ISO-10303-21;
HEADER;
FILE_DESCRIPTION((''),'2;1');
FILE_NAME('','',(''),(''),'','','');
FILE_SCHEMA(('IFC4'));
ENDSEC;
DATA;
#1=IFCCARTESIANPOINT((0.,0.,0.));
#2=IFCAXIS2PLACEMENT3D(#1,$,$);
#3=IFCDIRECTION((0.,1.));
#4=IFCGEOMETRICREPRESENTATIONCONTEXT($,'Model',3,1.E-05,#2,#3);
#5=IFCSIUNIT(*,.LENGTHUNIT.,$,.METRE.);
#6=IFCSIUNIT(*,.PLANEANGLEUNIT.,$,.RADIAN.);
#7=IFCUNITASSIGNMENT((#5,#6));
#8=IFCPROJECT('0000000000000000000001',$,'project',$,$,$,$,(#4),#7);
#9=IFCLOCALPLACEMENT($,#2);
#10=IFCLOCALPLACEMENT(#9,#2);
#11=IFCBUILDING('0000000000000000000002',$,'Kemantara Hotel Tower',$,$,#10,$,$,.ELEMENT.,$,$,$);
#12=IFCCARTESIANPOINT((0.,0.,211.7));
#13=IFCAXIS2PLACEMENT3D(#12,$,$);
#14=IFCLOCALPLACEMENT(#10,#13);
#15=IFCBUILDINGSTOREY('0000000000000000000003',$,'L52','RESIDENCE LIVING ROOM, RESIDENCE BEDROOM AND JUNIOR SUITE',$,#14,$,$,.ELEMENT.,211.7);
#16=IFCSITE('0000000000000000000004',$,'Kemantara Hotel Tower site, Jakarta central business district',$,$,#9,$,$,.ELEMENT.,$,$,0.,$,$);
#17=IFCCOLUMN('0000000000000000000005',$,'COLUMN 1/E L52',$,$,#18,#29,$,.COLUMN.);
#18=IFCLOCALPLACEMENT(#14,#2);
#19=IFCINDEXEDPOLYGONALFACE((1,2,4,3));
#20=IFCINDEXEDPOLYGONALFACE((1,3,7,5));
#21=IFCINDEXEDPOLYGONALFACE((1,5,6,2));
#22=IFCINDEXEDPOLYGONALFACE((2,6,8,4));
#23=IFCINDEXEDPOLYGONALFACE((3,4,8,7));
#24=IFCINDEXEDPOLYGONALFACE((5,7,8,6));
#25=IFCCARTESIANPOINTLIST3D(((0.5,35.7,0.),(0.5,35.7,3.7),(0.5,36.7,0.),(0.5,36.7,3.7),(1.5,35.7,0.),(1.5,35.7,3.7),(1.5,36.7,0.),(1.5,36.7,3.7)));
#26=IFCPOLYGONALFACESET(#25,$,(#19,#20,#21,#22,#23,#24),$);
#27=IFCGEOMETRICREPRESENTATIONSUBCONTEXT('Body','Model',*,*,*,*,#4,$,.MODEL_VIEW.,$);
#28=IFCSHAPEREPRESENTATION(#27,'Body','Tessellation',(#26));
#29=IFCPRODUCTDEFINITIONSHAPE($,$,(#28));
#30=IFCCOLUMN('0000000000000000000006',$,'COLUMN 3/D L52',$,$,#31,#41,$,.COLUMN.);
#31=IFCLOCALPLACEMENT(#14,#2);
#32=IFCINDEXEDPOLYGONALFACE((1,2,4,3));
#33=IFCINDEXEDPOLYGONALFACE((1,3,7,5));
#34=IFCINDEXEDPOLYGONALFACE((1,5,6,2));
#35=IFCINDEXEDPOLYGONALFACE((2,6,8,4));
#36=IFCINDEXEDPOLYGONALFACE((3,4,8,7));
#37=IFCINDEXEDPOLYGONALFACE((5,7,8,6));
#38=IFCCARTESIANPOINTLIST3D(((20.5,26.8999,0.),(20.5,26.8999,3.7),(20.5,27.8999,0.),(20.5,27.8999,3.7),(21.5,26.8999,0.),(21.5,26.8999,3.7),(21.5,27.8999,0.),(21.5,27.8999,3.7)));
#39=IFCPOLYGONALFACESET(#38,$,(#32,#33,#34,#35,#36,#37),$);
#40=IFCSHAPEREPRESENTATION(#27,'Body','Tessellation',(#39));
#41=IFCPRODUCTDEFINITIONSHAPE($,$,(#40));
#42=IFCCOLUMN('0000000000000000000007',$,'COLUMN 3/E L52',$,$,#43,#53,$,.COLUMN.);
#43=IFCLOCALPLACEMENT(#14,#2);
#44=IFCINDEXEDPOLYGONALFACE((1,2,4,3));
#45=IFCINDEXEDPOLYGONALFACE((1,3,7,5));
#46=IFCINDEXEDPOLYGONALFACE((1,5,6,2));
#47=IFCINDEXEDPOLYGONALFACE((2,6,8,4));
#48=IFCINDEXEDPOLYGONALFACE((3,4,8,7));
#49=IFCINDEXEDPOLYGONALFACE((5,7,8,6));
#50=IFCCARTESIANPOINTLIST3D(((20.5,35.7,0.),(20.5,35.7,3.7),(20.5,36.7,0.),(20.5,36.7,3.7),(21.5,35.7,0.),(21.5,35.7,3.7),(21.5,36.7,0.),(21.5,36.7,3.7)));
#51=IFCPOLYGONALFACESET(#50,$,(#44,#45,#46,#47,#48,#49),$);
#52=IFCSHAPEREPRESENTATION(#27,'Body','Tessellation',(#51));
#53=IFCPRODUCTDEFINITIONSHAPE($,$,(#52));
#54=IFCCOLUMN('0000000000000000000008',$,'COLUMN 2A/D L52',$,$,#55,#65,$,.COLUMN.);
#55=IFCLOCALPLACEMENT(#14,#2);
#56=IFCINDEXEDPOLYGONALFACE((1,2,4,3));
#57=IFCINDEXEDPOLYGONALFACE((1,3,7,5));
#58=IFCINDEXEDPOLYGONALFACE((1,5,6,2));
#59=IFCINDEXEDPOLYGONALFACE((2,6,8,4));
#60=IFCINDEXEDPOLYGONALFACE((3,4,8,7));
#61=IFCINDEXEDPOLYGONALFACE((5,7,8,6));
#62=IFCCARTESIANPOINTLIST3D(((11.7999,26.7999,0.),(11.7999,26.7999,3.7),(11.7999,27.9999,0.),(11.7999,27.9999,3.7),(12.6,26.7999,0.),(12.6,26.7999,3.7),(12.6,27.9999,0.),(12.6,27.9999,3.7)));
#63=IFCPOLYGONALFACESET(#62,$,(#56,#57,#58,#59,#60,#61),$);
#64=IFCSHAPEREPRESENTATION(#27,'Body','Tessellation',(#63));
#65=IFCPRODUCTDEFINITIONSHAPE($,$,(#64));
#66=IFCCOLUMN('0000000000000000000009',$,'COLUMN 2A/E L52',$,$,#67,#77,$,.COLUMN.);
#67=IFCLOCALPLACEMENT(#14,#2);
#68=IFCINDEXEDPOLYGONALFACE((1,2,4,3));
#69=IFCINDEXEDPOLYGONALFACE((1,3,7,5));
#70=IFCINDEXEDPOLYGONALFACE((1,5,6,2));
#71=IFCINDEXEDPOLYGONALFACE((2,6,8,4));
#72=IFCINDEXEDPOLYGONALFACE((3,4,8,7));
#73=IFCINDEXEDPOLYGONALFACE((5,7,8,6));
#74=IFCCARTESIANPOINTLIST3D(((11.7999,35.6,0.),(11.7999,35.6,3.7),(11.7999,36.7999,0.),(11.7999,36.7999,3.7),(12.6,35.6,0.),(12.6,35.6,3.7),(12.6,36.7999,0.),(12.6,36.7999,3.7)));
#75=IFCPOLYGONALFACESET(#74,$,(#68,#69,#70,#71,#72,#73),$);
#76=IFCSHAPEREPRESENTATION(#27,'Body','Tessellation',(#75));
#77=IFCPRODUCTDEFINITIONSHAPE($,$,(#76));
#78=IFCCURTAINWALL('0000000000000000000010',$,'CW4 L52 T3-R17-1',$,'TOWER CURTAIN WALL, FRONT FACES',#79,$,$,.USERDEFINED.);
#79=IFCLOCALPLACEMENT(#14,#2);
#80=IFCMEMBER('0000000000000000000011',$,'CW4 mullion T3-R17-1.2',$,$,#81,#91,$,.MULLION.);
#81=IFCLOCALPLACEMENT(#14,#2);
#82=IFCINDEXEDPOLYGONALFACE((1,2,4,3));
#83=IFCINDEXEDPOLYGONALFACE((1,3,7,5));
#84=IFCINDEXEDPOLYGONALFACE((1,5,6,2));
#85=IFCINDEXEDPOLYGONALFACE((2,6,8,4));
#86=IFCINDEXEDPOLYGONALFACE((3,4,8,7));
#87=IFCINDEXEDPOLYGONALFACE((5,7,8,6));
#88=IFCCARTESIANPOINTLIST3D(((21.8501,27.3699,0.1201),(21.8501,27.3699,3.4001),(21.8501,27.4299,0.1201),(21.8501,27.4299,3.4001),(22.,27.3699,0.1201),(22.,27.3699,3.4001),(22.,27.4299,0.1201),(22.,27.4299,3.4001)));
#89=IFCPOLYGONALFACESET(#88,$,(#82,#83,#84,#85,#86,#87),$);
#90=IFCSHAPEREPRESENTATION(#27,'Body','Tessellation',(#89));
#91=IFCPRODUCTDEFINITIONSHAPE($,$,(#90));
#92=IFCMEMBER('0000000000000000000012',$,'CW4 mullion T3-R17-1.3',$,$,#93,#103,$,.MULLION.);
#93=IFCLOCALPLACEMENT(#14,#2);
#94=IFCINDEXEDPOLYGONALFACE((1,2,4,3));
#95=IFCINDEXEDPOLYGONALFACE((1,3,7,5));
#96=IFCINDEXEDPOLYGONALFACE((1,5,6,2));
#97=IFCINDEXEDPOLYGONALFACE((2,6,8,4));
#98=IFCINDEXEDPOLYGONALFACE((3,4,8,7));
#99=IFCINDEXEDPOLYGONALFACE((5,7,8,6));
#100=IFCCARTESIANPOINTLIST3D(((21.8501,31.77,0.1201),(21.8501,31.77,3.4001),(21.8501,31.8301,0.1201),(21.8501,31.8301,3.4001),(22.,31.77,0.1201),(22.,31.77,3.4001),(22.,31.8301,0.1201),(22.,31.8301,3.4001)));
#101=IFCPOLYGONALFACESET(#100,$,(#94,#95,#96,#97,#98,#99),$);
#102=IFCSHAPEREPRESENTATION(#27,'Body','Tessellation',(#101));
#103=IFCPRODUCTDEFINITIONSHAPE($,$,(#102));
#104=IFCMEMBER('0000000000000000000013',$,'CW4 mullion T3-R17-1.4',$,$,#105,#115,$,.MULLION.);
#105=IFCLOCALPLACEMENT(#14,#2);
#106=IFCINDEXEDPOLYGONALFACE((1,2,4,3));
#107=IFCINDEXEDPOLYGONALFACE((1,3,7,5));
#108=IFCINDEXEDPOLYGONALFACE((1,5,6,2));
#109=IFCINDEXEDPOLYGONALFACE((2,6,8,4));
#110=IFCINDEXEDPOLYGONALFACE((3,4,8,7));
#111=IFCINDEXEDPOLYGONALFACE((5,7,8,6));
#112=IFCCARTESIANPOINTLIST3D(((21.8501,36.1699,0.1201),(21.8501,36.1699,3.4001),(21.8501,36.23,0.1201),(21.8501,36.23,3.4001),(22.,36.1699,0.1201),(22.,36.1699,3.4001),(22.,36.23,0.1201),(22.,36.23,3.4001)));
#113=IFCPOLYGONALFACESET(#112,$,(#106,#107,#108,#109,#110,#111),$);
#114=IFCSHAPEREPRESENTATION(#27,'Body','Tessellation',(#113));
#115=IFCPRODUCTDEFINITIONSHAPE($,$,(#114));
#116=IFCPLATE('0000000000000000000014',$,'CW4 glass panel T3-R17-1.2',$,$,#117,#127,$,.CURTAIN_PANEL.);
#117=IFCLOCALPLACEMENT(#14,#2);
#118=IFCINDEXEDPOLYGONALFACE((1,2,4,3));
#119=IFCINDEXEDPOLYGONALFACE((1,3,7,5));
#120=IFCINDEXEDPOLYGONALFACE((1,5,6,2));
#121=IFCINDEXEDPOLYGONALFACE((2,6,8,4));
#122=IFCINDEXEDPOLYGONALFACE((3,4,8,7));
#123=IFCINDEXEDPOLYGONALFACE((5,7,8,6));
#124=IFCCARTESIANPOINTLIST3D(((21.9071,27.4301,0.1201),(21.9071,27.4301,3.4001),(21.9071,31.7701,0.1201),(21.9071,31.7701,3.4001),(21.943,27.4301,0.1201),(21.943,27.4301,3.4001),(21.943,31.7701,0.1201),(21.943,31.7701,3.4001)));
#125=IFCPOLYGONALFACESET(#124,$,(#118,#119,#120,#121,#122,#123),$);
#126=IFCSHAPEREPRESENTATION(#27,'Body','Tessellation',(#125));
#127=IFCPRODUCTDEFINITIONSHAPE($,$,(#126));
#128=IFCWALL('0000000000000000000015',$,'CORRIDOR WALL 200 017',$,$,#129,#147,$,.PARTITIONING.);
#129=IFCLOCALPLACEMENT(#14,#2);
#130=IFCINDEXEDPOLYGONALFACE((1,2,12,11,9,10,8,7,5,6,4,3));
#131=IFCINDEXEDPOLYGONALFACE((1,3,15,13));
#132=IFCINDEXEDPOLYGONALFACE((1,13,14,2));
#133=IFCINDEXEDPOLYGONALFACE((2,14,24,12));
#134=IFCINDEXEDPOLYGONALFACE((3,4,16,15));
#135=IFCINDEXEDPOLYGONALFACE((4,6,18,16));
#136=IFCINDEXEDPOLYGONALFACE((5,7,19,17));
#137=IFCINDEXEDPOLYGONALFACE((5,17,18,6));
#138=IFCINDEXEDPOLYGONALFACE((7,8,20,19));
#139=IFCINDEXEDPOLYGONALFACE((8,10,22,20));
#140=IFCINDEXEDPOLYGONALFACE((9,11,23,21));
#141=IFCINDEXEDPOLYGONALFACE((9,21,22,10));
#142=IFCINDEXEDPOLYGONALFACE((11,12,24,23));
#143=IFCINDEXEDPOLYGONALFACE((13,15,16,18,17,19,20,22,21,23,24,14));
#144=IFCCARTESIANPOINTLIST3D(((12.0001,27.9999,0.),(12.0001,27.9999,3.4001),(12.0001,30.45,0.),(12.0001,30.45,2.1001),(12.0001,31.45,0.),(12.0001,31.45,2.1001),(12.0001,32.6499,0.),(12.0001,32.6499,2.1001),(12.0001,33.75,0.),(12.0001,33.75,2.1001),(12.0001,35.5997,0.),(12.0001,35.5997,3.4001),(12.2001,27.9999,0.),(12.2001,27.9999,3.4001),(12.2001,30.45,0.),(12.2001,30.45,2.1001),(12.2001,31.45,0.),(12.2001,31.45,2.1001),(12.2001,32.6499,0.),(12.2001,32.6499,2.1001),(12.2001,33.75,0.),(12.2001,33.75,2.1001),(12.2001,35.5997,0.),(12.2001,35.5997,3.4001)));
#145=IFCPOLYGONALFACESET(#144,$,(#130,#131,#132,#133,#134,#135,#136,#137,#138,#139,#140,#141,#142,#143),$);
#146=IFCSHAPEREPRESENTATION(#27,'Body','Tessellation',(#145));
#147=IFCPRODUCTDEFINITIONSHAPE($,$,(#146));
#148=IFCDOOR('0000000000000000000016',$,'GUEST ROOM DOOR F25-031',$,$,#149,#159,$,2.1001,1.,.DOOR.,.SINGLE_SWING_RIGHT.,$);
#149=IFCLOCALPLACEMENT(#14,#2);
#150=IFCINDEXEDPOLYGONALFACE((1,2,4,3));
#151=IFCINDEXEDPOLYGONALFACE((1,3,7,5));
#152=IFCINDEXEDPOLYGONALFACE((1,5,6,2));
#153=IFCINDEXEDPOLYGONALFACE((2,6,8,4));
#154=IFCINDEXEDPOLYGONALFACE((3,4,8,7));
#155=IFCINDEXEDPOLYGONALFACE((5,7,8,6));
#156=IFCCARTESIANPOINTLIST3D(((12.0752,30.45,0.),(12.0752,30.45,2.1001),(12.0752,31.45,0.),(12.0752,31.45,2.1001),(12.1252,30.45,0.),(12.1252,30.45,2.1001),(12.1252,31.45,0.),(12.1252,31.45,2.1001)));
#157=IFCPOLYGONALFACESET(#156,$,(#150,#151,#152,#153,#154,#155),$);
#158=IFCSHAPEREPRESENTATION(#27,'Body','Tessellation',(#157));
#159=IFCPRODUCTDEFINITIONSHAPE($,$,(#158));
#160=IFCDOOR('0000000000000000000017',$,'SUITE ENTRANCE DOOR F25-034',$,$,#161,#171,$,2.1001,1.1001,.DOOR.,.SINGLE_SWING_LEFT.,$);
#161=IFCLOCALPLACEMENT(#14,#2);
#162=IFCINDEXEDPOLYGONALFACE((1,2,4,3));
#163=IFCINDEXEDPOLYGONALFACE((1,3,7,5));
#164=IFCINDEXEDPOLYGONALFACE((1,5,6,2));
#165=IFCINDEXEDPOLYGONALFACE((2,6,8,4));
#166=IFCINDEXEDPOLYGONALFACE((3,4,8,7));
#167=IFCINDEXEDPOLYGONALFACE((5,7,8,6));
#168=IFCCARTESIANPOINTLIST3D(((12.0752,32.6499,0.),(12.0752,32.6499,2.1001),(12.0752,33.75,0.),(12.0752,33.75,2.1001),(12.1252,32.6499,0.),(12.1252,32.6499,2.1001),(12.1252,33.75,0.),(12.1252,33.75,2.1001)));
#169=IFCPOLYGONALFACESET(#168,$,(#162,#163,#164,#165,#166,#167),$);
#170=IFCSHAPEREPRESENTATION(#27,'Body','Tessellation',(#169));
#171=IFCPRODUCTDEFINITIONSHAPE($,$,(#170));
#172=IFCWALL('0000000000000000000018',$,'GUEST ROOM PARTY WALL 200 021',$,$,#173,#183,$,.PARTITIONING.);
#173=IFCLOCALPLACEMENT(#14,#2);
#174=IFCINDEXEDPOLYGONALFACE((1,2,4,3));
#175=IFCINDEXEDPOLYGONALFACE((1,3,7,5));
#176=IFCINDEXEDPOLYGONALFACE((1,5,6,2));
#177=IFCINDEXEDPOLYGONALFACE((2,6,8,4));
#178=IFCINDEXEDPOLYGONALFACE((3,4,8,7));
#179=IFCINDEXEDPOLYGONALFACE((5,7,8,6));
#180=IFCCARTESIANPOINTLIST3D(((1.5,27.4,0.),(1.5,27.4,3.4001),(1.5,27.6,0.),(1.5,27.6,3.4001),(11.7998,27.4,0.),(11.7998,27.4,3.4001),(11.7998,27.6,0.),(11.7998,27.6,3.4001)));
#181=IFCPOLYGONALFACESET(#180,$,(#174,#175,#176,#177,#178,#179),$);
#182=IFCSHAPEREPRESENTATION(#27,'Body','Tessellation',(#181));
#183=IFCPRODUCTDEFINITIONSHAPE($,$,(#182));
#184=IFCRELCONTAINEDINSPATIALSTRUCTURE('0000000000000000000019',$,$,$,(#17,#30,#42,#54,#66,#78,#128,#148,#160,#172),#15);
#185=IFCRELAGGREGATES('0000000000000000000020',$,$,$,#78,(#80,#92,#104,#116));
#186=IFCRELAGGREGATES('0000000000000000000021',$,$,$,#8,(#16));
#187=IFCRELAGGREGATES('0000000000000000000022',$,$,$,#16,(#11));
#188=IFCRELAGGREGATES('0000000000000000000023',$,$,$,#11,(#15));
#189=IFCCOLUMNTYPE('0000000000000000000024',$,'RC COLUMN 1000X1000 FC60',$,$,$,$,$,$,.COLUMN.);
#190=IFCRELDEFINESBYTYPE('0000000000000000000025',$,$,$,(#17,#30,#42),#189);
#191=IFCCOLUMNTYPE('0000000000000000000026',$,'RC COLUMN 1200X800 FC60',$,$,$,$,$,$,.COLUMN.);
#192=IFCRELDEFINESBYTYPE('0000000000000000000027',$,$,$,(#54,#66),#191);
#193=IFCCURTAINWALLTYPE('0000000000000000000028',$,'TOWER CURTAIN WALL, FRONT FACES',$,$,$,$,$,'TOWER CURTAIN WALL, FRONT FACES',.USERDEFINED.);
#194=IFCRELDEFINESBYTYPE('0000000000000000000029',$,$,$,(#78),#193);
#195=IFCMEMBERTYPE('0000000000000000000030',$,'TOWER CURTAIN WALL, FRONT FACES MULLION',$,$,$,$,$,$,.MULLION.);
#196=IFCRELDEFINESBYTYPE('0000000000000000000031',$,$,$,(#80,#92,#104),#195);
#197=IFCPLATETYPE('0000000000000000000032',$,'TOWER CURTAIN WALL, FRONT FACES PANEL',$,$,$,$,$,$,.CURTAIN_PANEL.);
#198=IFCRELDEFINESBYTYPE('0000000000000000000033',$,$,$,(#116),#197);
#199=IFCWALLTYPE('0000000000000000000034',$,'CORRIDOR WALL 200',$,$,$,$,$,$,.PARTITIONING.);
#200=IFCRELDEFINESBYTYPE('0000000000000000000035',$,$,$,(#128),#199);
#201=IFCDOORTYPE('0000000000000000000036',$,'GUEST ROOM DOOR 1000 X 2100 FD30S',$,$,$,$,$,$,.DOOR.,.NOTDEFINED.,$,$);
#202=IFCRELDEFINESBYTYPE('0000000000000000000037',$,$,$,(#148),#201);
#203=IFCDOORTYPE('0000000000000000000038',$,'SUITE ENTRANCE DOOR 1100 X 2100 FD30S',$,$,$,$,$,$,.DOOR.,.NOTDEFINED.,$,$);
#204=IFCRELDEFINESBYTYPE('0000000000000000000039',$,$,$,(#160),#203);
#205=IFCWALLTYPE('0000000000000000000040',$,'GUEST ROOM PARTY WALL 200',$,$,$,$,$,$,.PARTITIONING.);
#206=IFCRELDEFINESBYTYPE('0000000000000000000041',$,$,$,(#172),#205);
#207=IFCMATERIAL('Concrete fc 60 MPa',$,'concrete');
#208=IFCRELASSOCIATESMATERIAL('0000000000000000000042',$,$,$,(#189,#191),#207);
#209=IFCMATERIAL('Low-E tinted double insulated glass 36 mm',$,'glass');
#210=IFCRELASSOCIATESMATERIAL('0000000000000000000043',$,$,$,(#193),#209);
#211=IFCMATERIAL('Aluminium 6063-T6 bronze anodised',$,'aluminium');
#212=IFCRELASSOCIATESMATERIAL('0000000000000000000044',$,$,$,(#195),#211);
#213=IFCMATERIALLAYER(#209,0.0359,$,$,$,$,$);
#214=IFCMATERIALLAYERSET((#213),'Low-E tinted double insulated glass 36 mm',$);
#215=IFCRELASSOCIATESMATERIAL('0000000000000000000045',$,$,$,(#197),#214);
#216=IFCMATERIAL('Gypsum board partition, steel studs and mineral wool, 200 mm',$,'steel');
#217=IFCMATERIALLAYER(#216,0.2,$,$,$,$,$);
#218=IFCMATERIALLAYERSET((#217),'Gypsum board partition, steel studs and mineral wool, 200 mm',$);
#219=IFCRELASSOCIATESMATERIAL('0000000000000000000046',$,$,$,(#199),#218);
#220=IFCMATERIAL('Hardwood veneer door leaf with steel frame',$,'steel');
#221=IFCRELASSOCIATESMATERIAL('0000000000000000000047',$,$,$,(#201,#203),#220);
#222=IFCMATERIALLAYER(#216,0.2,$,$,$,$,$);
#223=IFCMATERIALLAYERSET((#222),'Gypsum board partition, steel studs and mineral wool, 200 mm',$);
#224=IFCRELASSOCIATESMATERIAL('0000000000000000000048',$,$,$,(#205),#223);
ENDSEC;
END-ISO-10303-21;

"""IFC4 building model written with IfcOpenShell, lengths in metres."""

from ifc_helpers import new_model, si_unit, direction, frame, frame_2d, origin, origin_2d, place, context, subcontext, project, spatial, rectangle, extrude, source, transform, mapped, material, layer, layer_set, material_profile, profile_set, type_object, element, fill, aggregate, save


model = new_model("IFC4")

# Units and contexts
model_context = context("Model", 3, precision=1e-05, world=origin(), true_north=direction((0.0, 1.0)))
body_context = subcontext(model_context, "Body", "Model", "MODEL_VIEW")
ifc_project = project(units=[si_unit("LENGTHUNIT", "METRE"), si_unit("PLANEANGLEUNIT", "RADIAN")], contexts=[model_context])

# Site, building, storey
site_placement = place(None, origin())
site = spatial("IfcSite", under=ifc_project, at=site_placement, Name="Kemantara Hotel Tower site, Jakarta central business district", CompositionType="ELEMENT", RefElevation=0.0)
building_placement = place(site_placement, origin())
building = spatial("IfcBuilding", under=site, at=building_placement, Name="Kemantara Hotel Tower", CompositionType="ELEMENT")
storey_placement = place(building_placement, frame((0.0, 0.0, 211.7)))
storey = spatial("IfcBuildingStorey", under=building, at=storey_placement, Name="L52", Description="RESIDENCE LIVING ROOM, RESIDENCE BEDROOM AND JUNIOR SUITE", CompositionType="ELEMENT", Elevation=211.7)

# Columns
ifc_material_1 = material(Name="Concrete fc 60 MPa", Category="concrete")
ifc_material_profile_1 = material_profile(ifc_material_1, rectangle(XDim=1.0, YDim=1.0, at=origin_2d()), Name="RC 1000X1000")
ifc_profile_set_1 = profile_set([ifc_material_profile_1], Name="Concrete fc 60 MPa")
column_type_1 = type_object("IfcColumnType", Name="RC COLUMN 1000X1000 FC60", PredefinedType="COLUMN", material=ifc_profile_set_1)
for number, where, z_axis, x_axis, name in (
    (1, (1.0, 36.2, 0.0), (0.0, 0.0, 1.0), (1.0, 0.0, 0.0), "COLUMN 1/E L52"),
    (2, (21.0, 27.3999, 0.0), (0.0, 0.0, 1.0), (1.0, 0.0, 0.0), "COLUMN 3/D L52"),
    (3, (21.0, 36.2, 0.0), (0.0, 0.0, 1.0), (1.0, 0.0, 0.0), "COLUMN 3/E L52"),
):
    element("IfcColumn", number, at=place(storey_placement, frame(where, z_axis=z_axis, x_axis=x_axis)), inside=storey, type_object=column_type_1, Name=name, PredefinedType="COLUMN", context=body_context, shape_type="SweptSolid", body=[
        extrude(rectangle(XDim=1.0, YDim=1.0, at=origin_2d()), origin(), (0.0, 0.0, 1.0), 3.7),
    ])
ifc_material_profile_2 = material_profile(ifc_material_1, rectangle(XDim=1.2, YDim=0.8, at=origin_2d()), Name="RC 1200X800")
ifc_profile_set_2 = profile_set([ifc_material_profile_2], Name="Concrete fc 60 MPa")
column_type_2 = type_object("IfcColumnType", Name="RC COLUMN 1200X800 FC60", PredefinedType="COLUMN", material=ifc_profile_set_2)
for number, where, z_axis, x_axis, name in (
    (4, (12.2, 27.3999, 0.0), (0.0, 0.0, 1.0), (0.0, 1.0, 0.0), "COLUMN 2A/D L52"),
    (5, (12.2, 36.2, 0.0), (0.0, 0.0, 1.0), (0.0, 1.0, 0.0), "COLUMN 2A/E L52"),
):
    element("IfcColumn", number, at=place(storey_placement, frame(where, z_axis=z_axis, x_axis=x_axis)), inside=storey, type_object=column_type_2, Name=name, PredefinedType="COLUMN", context=body_context, shape_type="SweptSolid", body=[
        extrude(rectangle(XDim=1.2, YDim=0.8, at=origin_2d()), origin(), (0.0, 0.0, 1.0), 3.7),
    ])

# Curtain wall, members, plate
ifc_material_2 = material(Name="Low-E tinted double insulated glass 36 mm", Category="glass")
curtain_wall_type = type_object("IfcCurtainWallType", Name="TOWER CURTAIN WALL, FRONT FACES", ElementType="TOWER CURTAIN WALL, FRONT FACES", PredefinedType="USERDEFINED", material=ifc_material_2)
curtain_wall_placement = place(storey_placement, origin())
curtain_wall = element("IfcCurtainWall", 6, at=curtain_wall_placement, inside=storey, type_object=curtain_wall_type, Name="CW4 L52 T3-R17-1", ObjectType="TOWER CURTAIN WALL, FRONT FACES", PredefinedType="USERDEFINED")
ifc_material_3 = material(Name="Aluminium 6063-T6 bronze anodised", Category="aluminium")
ifc_material_profile_3 = material_profile(ifc_material_3, rectangle(XDim=0.1499, YDim=0.0601, at=origin_2d()), Name="TOWER CURTAIN WALL, FRONT FACES MULLION")
ifc_profile_set_3 = profile_set([ifc_material_profile_3], Name="Aluminium 6063-T6 bronze anodised")
member_type = type_object("IfcMemberType", Name="TOWER CURTAIN WALL, FRONT FACES MULLION", PredefinedType="MULLION", material=ifc_profile_set_3)
shared_shape_1 = source(origin(), body_context, "Body", "SweptSolid", [
    extrude(rectangle(XDim=0.1499, YDim=0.0601, at=origin_2d()), origin(), (0.0, 0.0, 1.0), 3.28),
])
member_1_placement = place(storey_placement, frame((21.925, 27.3999, 0.1201), z_axis=(0.0, 0.0, 1.0), x_axis=(-1.0, 0.0, 0.0)))
member_1 = element("IfcMember", 7, at=member_1_placement, type_object=member_type, Name="CW4 mullion T3-R17-1.2", PredefinedType="MULLION", context=body_context, shape_type="MappedRepresentation", body=[
    mapped(shared_shape_1, transform((0.0, 0.0, 0.0))),
])
member_2_placement = place(storey_placement, frame((21.925, 31.8, 0.1201), z_axis=(0.0, 0.0, 1.0), x_axis=(-1.0, 0.0, 0.0)))
member_2 = element("IfcMember", 8, at=member_2_placement, type_object=member_type, Name="CW4 mullion T3-R17-1.3", PredefinedType="MULLION", context=body_context, shape_type="MappedRepresentation", body=[
    mapped(shared_shape_1, transform((0.0, 0.0, 0.0))),
])
member_3_placement = place(storey_placement, frame((21.925, 36.2, 0.1201), z_axis=(0.0, 0.0, 1.0), x_axis=(-1.0, 0.0, 0.0)))
member_3 = element("IfcMember", 9, at=member_3_placement, type_object=member_type, Name="CW4 mullion T3-R17-1.4", PredefinedType="MULLION", context=body_context, shape_type="MappedRepresentation", body=[
    mapped(shared_shape_1, transform((0.0, 0.0, 0.0))),
])
ifc_layer_1 = layer(ifc_material_2, 0.0359)
ifc_layer_set_1 = layer_set([ifc_layer_1], Name="Low-E tinted double insulated glass 36 mm")
plate_type = type_object("IfcPlateType", Name="TOWER CURTAIN WALL, FRONT FACES PANEL", PredefinedType="CURTAIN_PANEL", material=ifc_layer_set_1)
shared_shape_2 = source(origin(), body_context, "Body", "SweptSolid", [
    extrude(rectangle(XDim=4.3401, YDim=0.0359, at=origin_2d()), origin(), (0.0, 0.0, 1.0), 3.28),
])
plate_placement = place(storey_placement, frame((21.925, 29.6001, 0.1201), z_axis=(0.0, 0.0, 1.0), x_axis=(0.0, 1.0, 0.0)))
plate = element("IfcPlate", 10, at=plate_placement, type_object=plate_type, Name="CW4 glass panel T3-R17-1.2", PredefinedType="CURTAIN_PANEL", context=body_context, shape_type="MappedRepresentation", body=[
    mapped(shared_shape_2, transform((0.0, 0.0, 0.0))),
])
aggregate(curtain_wall, [member_1, member_2, member_3, plate])

# Wall, openings, doors
ifc_material_4 = material(Name="Gypsum board partition, steel studs and mineral wool, 200 mm", Category="steel")
ifc_layer_2 = layer(ifc_material_4, 0.2)
ifc_layer_set_2 = layer_set([ifc_layer_2], Name="Gypsum board partition, steel studs and mineral wool, 200 mm")
wall_type_1 = type_object("IfcWallType", Name="CORRIDOR WALL 200", PredefinedType="PARTITIONING", material=ifc_layer_set_2)
wall_1_placement = place(storey_placement, frame((12.1001, 28.0, 0.0), z_axis=(0.0, 0.0, 1.0), x_axis=(0.0, 1.0, 0.0)))
wall_1 = element("IfcWall", 11, at=wall_1_placement, inside=storey, type_object=wall_type_1, Name="CORRIDOR WALL 200 017", PredefinedType="PARTITIONING", context=body_context, shape_type="SweptSolid", body=[
    extrude(rectangle(XDim=7.5999, YDim=0.2, at=frame_2d((3.7998, 0.0))), origin(), (0.0, 0.0, 1.0), 3.4001),
])
opening_1_placement = place(wall_1_placement, frame((2.45, 0.0, 0.0)))
opening_1 = element("IfcOpeningElement", 12, at=opening_1_placement, cuts=wall_1, PredefinedType="OPENING", context=body_context, shape_type="SweptSolid", body=[
    extrude(rectangle(XDim=1.0, YDim=2.1001, at=frame_2d((0.5, 1.05))), frame((0.0, 0.1099, 0.0), z_axis=(0.0, -1.0, 0.0), x_axis=(1.0, 0.0, 0.0)), (0.0, 0.0, 1.0), 0.22),
])
opening_2_placement = place(wall_1_placement, frame((4.6499, 0.0, 0.0)))
opening_2 = element("IfcOpeningElement", 13, at=opening_2_placement, cuts=wall_1, PredefinedType="OPENING", context=body_context, shape_type="SweptSolid", body=[
    extrude(rectangle(XDim=1.1001, YDim=2.1001, at=frame_2d((0.55, 1.05))), frame((0.0, 0.1099, 0.0), z_axis=(0.0, -1.0, 0.0), x_axis=(1.0, 0.0, 0.0)), (0.0, 0.0, 1.0), 0.22),
])
ifc_material_5 = material(Name="Hardwood veneer door leaf with steel frame", Category="steel")
door_type_1 = type_object("IfcDoorType", Name="GUEST ROOM DOOR 1000 X 2100 FD30S", OperationType="NOTDEFINED", PredefinedType="DOOR", material=ifc_material_5)
door_1_placement = place(opening_1_placement, origin())
door_1 = element("IfcDoor", 14, at=door_1_placement, inside=storey, type_object=door_type_1, Name="GUEST ROOM DOOR F25-031", OperationType="SINGLE_SWING_RIGHT", OverallHeight=2.1001, OverallWidth=1.0, PredefinedType="DOOR", context=body_context, shape_type="SweptSolid", body=[
    extrude(rectangle(XDim=1.0, YDim=2.1001, at=frame_2d((0.5, 1.05))), frame((0.0, 0.0249, 0.0), z_axis=(0.0, -1.0, 0.0), x_axis=(1.0, 0.0, 0.0)), (0.0, 0.0, 1.0), 0.05),
])
fill(opening_1, door_1)
door_type_2 = type_object("IfcDoorType", Name="SUITE ENTRANCE DOOR 1100 X 2100 FD30S", OperationType="NOTDEFINED", PredefinedType="DOOR", material=ifc_material_5)
door_2_placement = place(opening_2_placement, origin())
door_2 = element("IfcDoor", 15, at=door_2_placement, inside=storey, type_object=door_type_2, Name="SUITE ENTRANCE DOOR F25-034", OperationType="SINGLE_SWING_LEFT", OverallHeight=2.1001, OverallWidth=1.1001, PredefinedType="DOOR", context=body_context, shape_type="SweptSolid", body=[
    extrude(rectangle(XDim=1.1001, YDim=2.1001, at=frame_2d((0.55, 1.05))), frame((0.0, 0.0249, 0.0), z_axis=(0.0, -1.0, 0.0), x_axis=(1.0, 0.0, 0.0)), (0.0, 0.0, 1.0), 0.05),
])
fill(opening_2, door_2)

# Wall
ifc_layer_3 = layer(ifc_material_4, 0.2)
ifc_layer_set_3 = layer_set([ifc_layer_3], Name="Gypsum board partition, steel studs and mineral wool, 200 mm")
wall_type_2 = type_object("IfcWallType", Name="GUEST ROOM PARTY WALL 200", PredefinedType="PARTITIONING", material=ifc_layer_set_3)
wall_2_placement = place(storey_placement, frame((1.5, 27.5, 0.0), z_axis=(0.0, 0.0, 1.0), x_axis=(1.0, 0.0, 0.0)))
element("IfcWall", 16, at=wall_2_placement, inside=storey, type_object=wall_type_2, Name="GUEST ROOM PARTY WALL 200 021", PredefinedType="PARTITIONING", context=body_context, shape_type="SweptSolid", body=[
    extrude(rectangle(XDim=10.2998, YDim=0.2, at=frame_2d((5.1499, 0.0))), origin(), (0.0, 0.0, 1.0), 3.4001),
])

save(model, "model.ifc")
